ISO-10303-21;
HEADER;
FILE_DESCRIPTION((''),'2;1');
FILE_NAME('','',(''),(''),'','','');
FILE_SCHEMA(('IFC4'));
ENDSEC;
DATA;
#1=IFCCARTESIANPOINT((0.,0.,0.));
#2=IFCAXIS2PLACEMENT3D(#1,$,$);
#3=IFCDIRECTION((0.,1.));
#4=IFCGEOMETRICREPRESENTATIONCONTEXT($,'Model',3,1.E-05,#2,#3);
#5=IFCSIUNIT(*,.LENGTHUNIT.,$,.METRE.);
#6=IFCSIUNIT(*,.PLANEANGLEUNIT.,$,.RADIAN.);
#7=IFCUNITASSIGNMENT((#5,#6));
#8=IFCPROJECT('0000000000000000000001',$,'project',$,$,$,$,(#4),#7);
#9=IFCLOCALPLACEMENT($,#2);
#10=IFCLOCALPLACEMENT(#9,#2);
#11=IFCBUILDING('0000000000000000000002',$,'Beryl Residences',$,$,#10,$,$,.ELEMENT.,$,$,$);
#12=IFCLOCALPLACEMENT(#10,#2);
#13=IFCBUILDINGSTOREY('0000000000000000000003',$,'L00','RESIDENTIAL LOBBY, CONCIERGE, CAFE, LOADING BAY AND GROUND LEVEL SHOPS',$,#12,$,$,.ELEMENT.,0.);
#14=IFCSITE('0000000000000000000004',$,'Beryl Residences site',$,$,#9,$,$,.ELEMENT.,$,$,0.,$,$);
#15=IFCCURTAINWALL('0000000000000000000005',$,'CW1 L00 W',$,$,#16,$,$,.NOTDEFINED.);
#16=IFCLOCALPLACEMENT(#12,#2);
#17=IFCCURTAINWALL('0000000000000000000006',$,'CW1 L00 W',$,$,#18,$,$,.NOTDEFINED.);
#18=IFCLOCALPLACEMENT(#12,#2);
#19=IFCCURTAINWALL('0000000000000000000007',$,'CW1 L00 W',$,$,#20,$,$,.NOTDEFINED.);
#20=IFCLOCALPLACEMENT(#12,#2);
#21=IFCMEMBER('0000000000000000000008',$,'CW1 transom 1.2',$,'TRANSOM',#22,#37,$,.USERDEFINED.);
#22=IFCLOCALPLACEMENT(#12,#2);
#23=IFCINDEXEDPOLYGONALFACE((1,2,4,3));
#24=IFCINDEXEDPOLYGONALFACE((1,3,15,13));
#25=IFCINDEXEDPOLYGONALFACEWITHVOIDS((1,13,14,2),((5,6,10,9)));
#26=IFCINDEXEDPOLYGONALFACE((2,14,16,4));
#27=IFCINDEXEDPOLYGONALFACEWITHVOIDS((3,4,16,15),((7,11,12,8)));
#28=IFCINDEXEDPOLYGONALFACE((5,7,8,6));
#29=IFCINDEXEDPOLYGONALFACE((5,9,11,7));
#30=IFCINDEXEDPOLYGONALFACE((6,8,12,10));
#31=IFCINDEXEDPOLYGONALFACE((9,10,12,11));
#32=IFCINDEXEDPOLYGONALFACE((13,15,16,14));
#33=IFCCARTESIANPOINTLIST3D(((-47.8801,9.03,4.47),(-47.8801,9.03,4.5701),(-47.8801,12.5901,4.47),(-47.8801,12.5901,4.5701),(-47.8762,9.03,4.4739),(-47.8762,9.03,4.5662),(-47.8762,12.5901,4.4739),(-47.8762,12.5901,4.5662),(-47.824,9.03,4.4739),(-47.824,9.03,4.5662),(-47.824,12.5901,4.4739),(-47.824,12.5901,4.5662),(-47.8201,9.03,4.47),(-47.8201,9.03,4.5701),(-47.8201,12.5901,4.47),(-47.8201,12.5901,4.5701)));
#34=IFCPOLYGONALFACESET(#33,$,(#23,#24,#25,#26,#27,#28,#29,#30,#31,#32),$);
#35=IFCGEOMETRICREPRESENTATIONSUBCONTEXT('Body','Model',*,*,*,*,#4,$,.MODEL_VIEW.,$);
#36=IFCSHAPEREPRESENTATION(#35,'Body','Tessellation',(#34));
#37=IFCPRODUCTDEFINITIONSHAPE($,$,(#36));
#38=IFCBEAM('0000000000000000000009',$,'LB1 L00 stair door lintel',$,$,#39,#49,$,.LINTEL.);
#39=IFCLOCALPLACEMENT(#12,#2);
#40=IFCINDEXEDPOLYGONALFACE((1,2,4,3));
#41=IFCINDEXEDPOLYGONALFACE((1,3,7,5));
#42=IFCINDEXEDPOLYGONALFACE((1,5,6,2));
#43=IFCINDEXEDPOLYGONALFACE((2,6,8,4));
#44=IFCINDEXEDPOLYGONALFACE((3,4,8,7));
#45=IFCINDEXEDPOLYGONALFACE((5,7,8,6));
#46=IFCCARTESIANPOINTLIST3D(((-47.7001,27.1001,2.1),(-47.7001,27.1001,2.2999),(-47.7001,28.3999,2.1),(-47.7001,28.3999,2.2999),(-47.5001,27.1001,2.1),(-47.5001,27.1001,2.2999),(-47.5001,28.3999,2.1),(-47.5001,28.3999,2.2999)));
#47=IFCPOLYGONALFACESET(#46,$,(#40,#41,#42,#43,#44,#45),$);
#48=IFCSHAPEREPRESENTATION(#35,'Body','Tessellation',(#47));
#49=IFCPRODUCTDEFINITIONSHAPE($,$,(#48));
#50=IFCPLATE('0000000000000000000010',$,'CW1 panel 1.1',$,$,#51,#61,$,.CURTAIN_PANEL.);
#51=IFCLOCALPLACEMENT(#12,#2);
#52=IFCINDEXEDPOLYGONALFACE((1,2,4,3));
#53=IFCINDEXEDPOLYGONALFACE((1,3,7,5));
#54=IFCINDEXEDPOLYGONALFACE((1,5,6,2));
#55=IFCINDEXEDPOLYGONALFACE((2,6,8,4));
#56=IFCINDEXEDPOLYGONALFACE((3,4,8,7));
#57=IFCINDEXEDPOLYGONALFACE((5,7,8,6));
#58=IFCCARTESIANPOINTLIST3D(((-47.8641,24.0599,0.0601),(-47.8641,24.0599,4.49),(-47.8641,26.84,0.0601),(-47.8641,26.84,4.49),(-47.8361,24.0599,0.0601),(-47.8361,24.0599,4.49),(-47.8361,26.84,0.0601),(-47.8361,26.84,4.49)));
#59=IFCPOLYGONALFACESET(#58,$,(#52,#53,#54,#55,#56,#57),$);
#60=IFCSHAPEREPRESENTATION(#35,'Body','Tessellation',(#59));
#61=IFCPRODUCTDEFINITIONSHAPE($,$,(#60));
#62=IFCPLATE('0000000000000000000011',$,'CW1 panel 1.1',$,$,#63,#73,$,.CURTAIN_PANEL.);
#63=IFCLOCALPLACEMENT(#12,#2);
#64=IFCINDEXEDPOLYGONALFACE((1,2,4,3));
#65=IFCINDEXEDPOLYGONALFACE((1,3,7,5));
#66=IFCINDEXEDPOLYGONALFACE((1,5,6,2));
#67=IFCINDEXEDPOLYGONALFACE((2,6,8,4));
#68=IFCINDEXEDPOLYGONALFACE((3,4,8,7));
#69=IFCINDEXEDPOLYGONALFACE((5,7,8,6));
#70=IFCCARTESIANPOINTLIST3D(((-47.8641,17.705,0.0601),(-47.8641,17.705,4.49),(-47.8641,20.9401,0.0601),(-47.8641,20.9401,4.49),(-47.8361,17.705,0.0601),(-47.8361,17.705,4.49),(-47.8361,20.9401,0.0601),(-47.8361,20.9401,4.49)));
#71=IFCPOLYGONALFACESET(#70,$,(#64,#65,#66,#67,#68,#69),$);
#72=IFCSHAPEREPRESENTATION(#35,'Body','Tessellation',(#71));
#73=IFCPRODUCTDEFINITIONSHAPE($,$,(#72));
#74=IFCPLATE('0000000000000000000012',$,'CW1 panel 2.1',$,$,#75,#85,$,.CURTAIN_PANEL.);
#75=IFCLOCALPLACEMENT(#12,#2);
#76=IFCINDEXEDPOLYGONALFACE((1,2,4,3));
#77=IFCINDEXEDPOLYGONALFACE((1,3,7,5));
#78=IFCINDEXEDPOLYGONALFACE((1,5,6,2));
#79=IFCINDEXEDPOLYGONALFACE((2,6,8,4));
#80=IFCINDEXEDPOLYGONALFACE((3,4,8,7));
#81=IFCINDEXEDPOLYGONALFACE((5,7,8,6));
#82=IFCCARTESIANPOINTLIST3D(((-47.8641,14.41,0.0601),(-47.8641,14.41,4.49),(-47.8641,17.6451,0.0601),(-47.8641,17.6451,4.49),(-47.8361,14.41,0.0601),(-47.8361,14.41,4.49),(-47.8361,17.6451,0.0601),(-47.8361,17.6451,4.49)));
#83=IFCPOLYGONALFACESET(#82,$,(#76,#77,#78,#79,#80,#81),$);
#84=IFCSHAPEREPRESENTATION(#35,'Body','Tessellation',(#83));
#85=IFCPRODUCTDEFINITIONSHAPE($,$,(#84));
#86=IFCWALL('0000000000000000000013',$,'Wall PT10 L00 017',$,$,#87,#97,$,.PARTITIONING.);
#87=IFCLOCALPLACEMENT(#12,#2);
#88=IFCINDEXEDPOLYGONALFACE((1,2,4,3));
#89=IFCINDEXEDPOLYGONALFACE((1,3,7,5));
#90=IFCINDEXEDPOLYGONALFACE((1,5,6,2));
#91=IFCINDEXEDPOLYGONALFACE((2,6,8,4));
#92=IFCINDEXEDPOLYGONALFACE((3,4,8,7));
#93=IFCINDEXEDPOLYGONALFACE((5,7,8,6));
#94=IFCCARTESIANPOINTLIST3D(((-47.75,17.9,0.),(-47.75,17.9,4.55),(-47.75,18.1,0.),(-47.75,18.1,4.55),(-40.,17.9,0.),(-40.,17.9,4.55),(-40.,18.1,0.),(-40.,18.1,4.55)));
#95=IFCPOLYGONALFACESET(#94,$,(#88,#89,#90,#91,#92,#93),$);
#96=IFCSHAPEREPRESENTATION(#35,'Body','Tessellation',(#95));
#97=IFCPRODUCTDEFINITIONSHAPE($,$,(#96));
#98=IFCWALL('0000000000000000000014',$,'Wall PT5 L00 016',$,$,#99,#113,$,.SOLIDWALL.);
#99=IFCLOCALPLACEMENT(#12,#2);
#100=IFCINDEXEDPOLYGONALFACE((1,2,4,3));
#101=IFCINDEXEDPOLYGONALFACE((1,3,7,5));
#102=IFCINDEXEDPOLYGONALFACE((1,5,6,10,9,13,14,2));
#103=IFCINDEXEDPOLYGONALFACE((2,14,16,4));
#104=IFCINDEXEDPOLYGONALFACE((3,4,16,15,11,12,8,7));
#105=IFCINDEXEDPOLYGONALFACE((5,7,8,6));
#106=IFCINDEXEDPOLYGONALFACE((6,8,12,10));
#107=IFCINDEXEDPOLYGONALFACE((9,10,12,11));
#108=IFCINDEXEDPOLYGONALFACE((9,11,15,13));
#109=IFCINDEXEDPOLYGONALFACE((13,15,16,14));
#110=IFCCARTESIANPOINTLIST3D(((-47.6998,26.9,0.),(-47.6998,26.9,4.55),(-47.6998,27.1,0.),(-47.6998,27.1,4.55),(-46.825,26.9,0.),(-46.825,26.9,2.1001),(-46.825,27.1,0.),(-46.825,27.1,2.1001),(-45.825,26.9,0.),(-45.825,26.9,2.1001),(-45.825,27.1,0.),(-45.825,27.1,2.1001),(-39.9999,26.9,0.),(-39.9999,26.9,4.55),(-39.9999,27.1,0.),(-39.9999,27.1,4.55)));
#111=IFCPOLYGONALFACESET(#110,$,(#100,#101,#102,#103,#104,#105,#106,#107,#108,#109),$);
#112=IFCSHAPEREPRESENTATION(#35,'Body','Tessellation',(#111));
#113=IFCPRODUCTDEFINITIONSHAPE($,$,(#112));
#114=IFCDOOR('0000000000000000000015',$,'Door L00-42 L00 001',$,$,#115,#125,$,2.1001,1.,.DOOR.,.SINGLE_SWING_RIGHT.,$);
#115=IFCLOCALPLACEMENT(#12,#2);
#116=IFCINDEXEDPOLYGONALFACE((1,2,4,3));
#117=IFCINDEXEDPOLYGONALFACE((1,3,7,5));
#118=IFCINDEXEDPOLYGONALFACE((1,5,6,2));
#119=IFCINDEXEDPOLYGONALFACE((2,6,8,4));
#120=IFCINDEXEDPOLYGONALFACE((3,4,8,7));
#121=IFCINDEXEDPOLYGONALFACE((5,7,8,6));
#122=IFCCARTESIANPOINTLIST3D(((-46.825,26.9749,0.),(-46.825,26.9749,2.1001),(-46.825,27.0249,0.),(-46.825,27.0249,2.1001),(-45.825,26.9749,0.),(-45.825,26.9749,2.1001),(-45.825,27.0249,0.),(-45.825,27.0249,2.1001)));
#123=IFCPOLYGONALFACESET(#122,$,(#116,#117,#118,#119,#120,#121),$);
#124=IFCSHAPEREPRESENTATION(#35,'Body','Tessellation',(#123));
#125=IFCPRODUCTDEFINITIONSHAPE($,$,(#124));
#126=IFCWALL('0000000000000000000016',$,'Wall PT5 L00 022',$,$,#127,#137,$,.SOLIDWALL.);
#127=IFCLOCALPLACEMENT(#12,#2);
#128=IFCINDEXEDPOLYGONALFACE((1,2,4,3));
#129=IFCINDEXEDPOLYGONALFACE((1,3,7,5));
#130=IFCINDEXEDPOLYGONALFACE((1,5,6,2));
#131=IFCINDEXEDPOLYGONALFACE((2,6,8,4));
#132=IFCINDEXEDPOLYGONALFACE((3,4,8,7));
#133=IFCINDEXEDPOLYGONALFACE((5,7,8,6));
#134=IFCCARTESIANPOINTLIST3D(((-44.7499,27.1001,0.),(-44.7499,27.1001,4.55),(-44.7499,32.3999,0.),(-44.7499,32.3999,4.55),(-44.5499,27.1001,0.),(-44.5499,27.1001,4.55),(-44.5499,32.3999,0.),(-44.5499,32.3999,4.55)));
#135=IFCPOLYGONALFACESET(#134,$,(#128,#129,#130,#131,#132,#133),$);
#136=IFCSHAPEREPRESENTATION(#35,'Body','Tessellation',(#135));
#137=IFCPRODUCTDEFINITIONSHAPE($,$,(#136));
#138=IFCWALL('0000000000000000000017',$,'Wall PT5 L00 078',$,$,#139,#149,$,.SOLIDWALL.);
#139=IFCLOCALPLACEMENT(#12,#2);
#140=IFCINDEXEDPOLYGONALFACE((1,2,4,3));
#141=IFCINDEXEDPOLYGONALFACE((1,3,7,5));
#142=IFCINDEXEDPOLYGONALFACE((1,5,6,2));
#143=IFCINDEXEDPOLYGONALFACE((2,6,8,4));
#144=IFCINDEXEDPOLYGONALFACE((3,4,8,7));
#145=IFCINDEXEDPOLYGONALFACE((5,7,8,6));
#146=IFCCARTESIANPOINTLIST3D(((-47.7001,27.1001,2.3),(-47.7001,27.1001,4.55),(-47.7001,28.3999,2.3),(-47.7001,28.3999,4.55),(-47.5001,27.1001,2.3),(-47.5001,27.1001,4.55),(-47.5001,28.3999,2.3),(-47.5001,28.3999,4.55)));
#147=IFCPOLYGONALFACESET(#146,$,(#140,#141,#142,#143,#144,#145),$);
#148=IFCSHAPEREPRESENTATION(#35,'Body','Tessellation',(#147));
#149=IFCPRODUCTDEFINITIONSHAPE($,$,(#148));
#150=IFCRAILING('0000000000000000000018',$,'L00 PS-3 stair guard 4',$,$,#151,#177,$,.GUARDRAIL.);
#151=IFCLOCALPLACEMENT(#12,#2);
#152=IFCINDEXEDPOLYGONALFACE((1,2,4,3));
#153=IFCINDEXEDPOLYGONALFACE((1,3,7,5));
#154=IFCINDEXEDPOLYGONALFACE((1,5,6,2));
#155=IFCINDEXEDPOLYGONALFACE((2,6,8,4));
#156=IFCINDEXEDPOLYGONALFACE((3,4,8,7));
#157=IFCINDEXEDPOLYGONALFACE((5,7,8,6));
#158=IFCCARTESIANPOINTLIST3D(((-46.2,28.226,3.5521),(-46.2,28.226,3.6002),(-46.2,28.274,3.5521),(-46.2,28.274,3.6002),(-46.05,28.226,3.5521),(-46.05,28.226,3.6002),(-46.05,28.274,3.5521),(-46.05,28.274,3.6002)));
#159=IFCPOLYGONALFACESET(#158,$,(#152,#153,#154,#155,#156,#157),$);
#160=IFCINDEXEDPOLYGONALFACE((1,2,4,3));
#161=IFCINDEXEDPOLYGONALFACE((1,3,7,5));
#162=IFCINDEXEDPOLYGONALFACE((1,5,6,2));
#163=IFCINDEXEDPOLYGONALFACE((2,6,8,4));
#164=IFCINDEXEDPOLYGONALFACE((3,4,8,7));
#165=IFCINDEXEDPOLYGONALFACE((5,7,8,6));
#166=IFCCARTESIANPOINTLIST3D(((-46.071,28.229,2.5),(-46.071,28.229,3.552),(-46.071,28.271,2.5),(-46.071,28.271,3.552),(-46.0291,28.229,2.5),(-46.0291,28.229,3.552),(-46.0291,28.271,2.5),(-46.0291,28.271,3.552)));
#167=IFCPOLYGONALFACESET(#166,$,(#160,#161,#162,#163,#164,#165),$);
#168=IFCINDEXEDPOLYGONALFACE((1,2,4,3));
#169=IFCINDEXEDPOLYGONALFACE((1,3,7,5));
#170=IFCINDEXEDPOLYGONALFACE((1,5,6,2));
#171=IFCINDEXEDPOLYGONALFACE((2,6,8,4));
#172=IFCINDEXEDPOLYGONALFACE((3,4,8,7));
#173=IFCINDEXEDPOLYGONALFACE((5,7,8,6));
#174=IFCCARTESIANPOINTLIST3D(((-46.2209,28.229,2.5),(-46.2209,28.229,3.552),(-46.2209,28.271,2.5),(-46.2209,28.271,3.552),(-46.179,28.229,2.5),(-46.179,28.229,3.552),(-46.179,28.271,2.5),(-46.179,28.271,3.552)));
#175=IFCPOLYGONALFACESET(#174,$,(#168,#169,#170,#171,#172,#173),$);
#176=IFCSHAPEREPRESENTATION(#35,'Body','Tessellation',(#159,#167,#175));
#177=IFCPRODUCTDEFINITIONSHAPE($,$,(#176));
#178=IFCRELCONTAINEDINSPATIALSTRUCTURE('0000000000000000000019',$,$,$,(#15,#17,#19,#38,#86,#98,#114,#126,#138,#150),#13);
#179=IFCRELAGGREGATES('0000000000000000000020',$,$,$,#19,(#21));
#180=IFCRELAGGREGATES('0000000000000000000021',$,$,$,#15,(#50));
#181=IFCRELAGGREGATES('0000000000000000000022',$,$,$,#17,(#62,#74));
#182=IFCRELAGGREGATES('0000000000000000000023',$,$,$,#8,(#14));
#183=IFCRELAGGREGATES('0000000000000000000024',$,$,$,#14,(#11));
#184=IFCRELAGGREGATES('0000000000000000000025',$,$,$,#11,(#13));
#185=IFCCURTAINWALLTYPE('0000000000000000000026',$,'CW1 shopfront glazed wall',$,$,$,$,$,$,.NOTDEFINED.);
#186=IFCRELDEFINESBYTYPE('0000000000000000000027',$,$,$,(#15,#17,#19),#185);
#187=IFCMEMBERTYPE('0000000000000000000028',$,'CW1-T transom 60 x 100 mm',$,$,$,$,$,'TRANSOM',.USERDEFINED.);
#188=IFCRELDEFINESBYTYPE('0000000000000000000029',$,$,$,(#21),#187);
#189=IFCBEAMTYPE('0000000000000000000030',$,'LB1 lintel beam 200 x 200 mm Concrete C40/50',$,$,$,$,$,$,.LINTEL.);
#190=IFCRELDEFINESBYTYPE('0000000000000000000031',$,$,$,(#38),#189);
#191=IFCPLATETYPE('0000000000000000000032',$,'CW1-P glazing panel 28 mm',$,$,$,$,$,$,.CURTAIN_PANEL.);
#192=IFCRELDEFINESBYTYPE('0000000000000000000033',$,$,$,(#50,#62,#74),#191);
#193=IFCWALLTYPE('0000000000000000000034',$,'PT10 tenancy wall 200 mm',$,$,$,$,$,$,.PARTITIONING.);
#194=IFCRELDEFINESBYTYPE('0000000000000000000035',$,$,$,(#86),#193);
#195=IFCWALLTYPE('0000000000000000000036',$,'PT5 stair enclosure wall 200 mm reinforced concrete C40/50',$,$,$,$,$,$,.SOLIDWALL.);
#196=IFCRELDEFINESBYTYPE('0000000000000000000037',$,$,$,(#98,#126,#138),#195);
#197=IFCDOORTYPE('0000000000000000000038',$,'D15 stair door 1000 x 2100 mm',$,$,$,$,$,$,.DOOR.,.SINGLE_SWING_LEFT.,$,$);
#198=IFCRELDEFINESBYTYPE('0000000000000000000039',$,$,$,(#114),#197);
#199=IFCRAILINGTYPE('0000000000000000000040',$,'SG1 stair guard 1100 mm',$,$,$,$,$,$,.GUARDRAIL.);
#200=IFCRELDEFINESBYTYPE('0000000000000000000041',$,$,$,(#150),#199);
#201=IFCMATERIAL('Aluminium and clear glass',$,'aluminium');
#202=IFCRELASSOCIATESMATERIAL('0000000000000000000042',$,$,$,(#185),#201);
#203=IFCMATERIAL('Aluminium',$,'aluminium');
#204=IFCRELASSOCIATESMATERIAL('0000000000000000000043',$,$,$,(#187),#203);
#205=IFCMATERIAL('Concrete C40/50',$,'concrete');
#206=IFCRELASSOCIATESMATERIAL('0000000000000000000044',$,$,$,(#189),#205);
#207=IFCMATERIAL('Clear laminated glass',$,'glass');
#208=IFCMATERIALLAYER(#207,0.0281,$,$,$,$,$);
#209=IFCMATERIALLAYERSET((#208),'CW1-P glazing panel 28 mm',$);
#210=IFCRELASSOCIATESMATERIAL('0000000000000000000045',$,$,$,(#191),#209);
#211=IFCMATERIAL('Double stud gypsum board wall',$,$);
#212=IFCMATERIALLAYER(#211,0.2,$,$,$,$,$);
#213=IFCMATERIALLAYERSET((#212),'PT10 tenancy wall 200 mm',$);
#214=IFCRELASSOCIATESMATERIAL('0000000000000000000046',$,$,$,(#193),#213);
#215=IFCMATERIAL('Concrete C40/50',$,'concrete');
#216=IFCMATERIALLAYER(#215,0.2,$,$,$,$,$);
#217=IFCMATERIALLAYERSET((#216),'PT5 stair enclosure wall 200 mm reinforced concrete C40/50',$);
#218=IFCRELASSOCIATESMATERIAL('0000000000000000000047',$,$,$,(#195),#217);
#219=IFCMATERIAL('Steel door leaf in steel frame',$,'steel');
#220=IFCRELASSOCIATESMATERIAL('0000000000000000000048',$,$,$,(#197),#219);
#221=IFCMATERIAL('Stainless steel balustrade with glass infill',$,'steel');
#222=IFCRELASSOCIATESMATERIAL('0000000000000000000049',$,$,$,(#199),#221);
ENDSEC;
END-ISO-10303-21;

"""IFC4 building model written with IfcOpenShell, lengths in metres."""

from ifc_helpers import new_model, si_unit, direction, frame, frame_2d, origin, origin_2d, place, context, subcontext, project, spatial, rectangle, hollow_rectangle, extrude, material, layer, layer_set, material_profile, profile_set, type_object, element, fill, aggregate, save


model = new_model("IFC4")

# Units and contexts
model_context = context("Model", 3, precision=1e-05, world=origin(), true_north=direction((0.0, 1.0)))
body_context = subcontext(model_context, "Body", "Model", "MODEL_VIEW")
ifc_project = project(units=[si_unit("LENGTHUNIT", "METRE"), si_unit("PLANEANGLEUNIT", "RADIAN")], contexts=[model_context])

# Site, building, storey
site_placement = place(None, origin())
site = spatial("IfcSite", under=ifc_project, at=site_placement, Name="Beryl Residences site", CompositionType="ELEMENT", RefElevation=0.0)
building_placement = place(site_placement, origin())
building = spatial("IfcBuilding", under=site, at=building_placement, Name="Beryl Residences", CompositionType="ELEMENT")
storey_placement = place(building_placement, origin())
storey = spatial("IfcBuildingStorey", under=building, at=storey_placement, Name="L00", Description="RESIDENTIAL LOBBY, CONCIERGE, CAFE, LOADING BAY AND GROUND LEVEL SHOPS", CompositionType="ELEMENT", Elevation=0.0)

# Curtain walls
ifc_material_1 = material(Name="Aluminium and clear glass", Category="aluminium")
curtain_wall_type = type_object("IfcCurtainWallType", Name="CW1 shopfront glazed wall", PredefinedType="NOTDEFINED", material=ifc_material_1)
curtain_wall_1_placement = place(storey_placement, origin())
curtain_wall_1 = element("IfcCurtainWall", 1, at=curtain_wall_1_placement, inside=storey, type_object=curtain_wall_type, Name="CW1 L00 W", PredefinedType="NOTDEFINED")
curtain_wall_2_placement = place(storey_placement, origin())
curtain_wall_2 = element("IfcCurtainWall", 2, at=curtain_wall_2_placement, inside=storey, type_object=curtain_wall_type, Name="CW1 L00 W", PredefinedType="NOTDEFINED")

# Curtain wall
curtain_wall_3_placement = place(storey_placement, origin())
curtain_wall_3 = element("IfcCurtainWall", 3, at=curtain_wall_3_placement, inside=storey, type_object=curtain_wall_type, Name="CW1 L00 W", PredefinedType="NOTDEFINED")

# Member
ifc_material_2 = material(Name="Aluminium", Category="aluminium")
ifc_material_profile_1 = material_profile(ifc_material_2, hollow_rectangle(XDim=0.0601, YDim=0.1001, WallThickness=0.0039, at=origin_2d()))
ifc_profile_set_1 = profile_set([ifc_material_profile_1], Name="Aluminium")
member_type_1 = type_object("IfcMemberType", Name="CW1-T transom 60 x 100 mm", ElementType="TRANSOM", PredefinedType="USERDEFINED", material=ifc_profile_set_1)
member_1_placement = place(storey_placement, frame((-47.8501, 12.5901, 4.52), z_axis=(0.0, -1.0, 0.0), x_axis=(1.0, 0.0, 0.0)))
member_1 = element("IfcMember", 4, at=member_1_placement, type_object=member_type_1, Name="CW1 transom 1.2", ObjectType="TRANSOM", PredefinedType="USERDEFINED", context=body_context, shape_type="SweptSolid", body=[
    extrude(hollow_rectangle(XDim=0.0601, YDim=0.1001, WallThickness=0.0039, at=origin_2d()), origin(), (0.0, 0.0, 1.0), 3.5601),
])
aggregate(curtain_wall_3, [member_1])

# Beam
ifc_material_3 = material(Name="Concrete C40/50", Category="concrete")
ifc_material_profile_2 = material_profile(ifc_material_3, rectangle(XDim=0.2, YDim=0.2, at=origin_2d()))
ifc_profile_set_2 = profile_set([ifc_material_profile_2], Name="Concrete C40/50")
beam_type = type_object("IfcBeamType", Name="LB1 lintel beam 200 x 200 mm Concrete C40/50", PredefinedType="LINTEL", material=ifc_profile_set_2)
beam_placement = place(storey_placement, frame((-47.6001, 27.1001, 2.2), z_axis=(0.0, 1.0, 0.0), x_axis=(-1.0, 0.0, 0.0)))
element("IfcBeam", 5, at=beam_placement, inside=storey, type_object=beam_type, Name="LB1 L00 stair door lintel", PredefinedType="LINTEL", context=body_context, shape_type="SweptSolid", body=[
    extrude(rectangle(XDim=0.2, YDim=0.2, at=origin_2d()), origin(), (0.0, 0.0, 1.0), 1.2998),
])

# Plates
ifc_material_4 = material(Name="Clear laminated glass", Category="glass")
ifc_layer_1 = layer(ifc_material_4, 0.0281)
ifc_layer_set_1 = layer_set([ifc_layer_1], Name="CW1-P glazing panel 28 mm")
plate_type = type_object("IfcPlateType", Name="CW1-P glazing panel 28 mm", PredefinedType="CURTAIN_PANEL", material=ifc_layer_set_1)
plate_1_placement = place(storey_placement, frame((-47.8501, 25.45, 0.0601), z_axis=(0.0, 0.0, 1.0), x_axis=(0.0, -1.0, 0.0)))
plate_1 = element("IfcPlate", 6, at=plate_1_placement, type_object=plate_type, Name="CW1 panel 1.1", PredefinedType="CURTAIN_PANEL", context=body_context, shape_type="SweptSolid", body=[
    extrude(rectangle(XDim=2.78, YDim=0.0281, at=origin_2d()), origin(), (0.0, 0.0, 1.0), 4.4299),
])
aggregate(curtain_wall_1, [plate_1])
plate_2_placement = place(storey_placement, frame((-47.8501, 19.3225, 0.0601), z_axis=(0.0, 0.0, 1.0), x_axis=(0.0, -1.0, 0.0)))
plate_2 = element("IfcPlate", 7, at=plate_2_placement, type_object=plate_type, Name="CW1 panel 1.1", PredefinedType="CURTAIN_PANEL", context=body_context, shape_type="SweptSolid", body=[
    extrude(rectangle(XDim=3.2351, YDim=0.0281, at=origin_2d()), origin(), (0.0, 0.0, 1.0), 4.4299),
])
plate_3_placement = place(storey_placement, frame((-47.8501, 16.0276, 0.0601), z_axis=(0.0, 0.0, 1.0), x_axis=(0.0, -1.0, 0.0)))
plate_3 = element("IfcPlate", 8, at=plate_3_placement, type_object=plate_type, Name="CW1 panel 2.1", PredefinedType="CURTAIN_PANEL", context=body_context, shape_type="SweptSolid", body=[
    extrude(rectangle(XDim=3.2351, YDim=0.0281, at=origin_2d()), origin(), (0.0, 0.0, 1.0), 4.4299),
])
aggregate(curtain_wall_2, [plate_2, plate_3])

# Wall
ifc_material_5 = material(Name="Double stud gypsum board wall")
ifc_layer_2 = layer(ifc_material_5, 0.2)
ifc_layer_set_2 = layer_set([ifc_layer_2], Name="PT10 tenancy wall 200 mm")
wall_type_1 = type_object("IfcWallType", Name="PT10 tenancy wall 200 mm", PredefinedType="PARTITIONING", material=ifc_layer_set_2)
wall_1_placement = place(storey_placement, frame((-47.75, 18.0, 0.0), z_axis=(0.0, 0.0, 1.0), x_axis=(1.0, 0.0, 0.0)))
element("IfcWall", 9, at=wall_1_placement, inside=storey, type_object=wall_type_1, Name="Wall PT10 L00 017", PredefinedType="PARTITIONING", context=body_context, shape_type="SweptSolid", body=[
    extrude(rectangle(XDim=7.75, YDim=0.2, at=frame_2d((3.875, 0.0))), origin(), (0.0, 0.0, 1.0), 4.55),
])

# Wall, opening, door
ifc_material_6 = material(Name="Concrete C40/50", Category="concrete")
ifc_layer_3 = layer(ifc_material_6, 0.2)
ifc_layer_set_3 = layer_set([ifc_layer_3], Name="PT5 stair enclosure wall 200 mm reinforced concrete C40/50")
wall_type_2 = type_object("IfcWallType", Name="PT5 stair enclosure wall 200 mm reinforced concrete C40/50", PredefinedType="SOLIDWALL", material=ifc_layer_set_3)
wall_2_placement = place(storey_placement, frame((-47.7, 27.0, 0.0), z_axis=(0.0, 0.0, 1.0), x_axis=(1.0, 0.0, 0.0)))
wall_2 = element("IfcWall", 10, at=wall_2_placement, inside=storey, type_object=wall_type_2, Name="Wall PT5 L00 016", PredefinedType="SOLIDWALL", context=body_context, shape_type="SweptSolid", body=[
    extrude(rectangle(XDim=7.7, YDim=0.2, at=frame_2d((3.8501, 0.0))), origin(), (0.0, 0.0, 1.0), 4.55),
])
opening_1_placement = place(wall_2_placement, frame((0.875, 0.0, 0.0)))
opening_1 = element("IfcOpeningElement", 11, at=opening_1_placement, cuts=wall_2, PredefinedType="OPENING", context=body_context, shape_type="SweptSolid", body=[
    extrude(rectangle(XDim=1.0, YDim=2.1001, at=frame_2d((0.5, 1.05))), frame((0.0, 0.1099, 0.0), z_axis=(0.0, -1.0, 0.0), x_axis=(1.0, 0.0, 0.0)), (0.0, 0.0, 1.0), 0.22),
])
ifc_material_7 = material(Name="Steel door leaf in steel frame", Category="steel")
door_type_1 = type_object("IfcDoorType", Name="D15 stair door 1000 x 2100 mm", OperationType="SINGLE_SWING_LEFT", PredefinedType="DOOR", material=ifc_material_7)
door_1_placement = place(opening_1_placement, origin())
door_1 = element("IfcDoor", 12, at=door_1_placement, inside=storey, type_object=door_type_1, Name="Door L00-42 L00 001", OperationType="SINGLE_SWING_RIGHT", OverallHeight=2.1001, OverallWidth=1.0, PredefinedType="DOOR", context=body_context, shape_type="SweptSolid", body=[
    extrude(rectangle(XDim=1.0, YDim=2.1001, at=frame_2d((0.5, 1.05))), frame((0.0, 0.0249, 0.0), z_axis=(0.0, -1.0, 0.0), x_axis=(1.0, 0.0, 0.0)), (0.0, 0.0, 1.0), 0.05),
])
fill(opening_1, door_1)

# Walls
wall_3_placement = place(storey_placement, frame((-44.6499, 27.1001, 0.0), z_axis=(0.0, 0.0, 1.0), x_axis=(0.0, 1.0, 0.0)))
element("IfcWall", 13, at=wall_3_placement, inside=storey, type_object=wall_type_2, Name="Wall PT5 L00 022", PredefinedType="SOLIDWALL", context=body_context, shape_type="SweptSolid", body=[
    extrude(rectangle(XDim=5.2998, YDim=0.2, at=frame_2d((2.6499, 0.0))), origin(), (0.0, 0.0, 1.0), 4.55),
])
wall_4_placement = place(storey_placement, frame((-47.6001, 27.1001, 2.3), z_axis=(0.0, 0.0, 1.0), x_axis=(0.0, 1.0, 0.0)))
element("IfcWall", 14, at=wall_4_placement, inside=storey, type_object=wall_type_2, Name="Wall PT5 L00 078", PredefinedType="SOLIDWALL", context=body_context, shape_type="SweptSolid", body=[
    extrude(rectangle(XDim=1.2998, YDim=0.2, at=frame_2d((0.6499, 0.0))), origin(), (0.0, 0.0, 1.0), 2.25),
])

# Railing
ifc_material_8 = material(Name="Stainless steel balustrade with glass infill", Category="steel")
railing_type = type_object("IfcRailingType", Name="SG1 stair guard 1100 mm", PredefinedType="GUARDRAIL", material=ifc_material_8)
for number, where, name in (
    (15, (-46.05, 28.25, 2.5), "L00 PS-3 stair guard 4"),
):
    element("IfcRailing", number, at=place(storey_placement, frame(where)), inside=storey, type_object=railing_type, Name=name, PredefinedType="GUARDRAIL", context=body_context, shape_type="SweptSolid", body=[
        extrude(rectangle(XDim=0.0481, YDim=0.0481, at=origin_2d()), frame((0.0, 0.0, 1.0762), z_axis=(-1.0, 0.0, 0.0), x_axis=(0.0, -1.0, 0.0)), (0.0, 0.0, 1.0), 0.1499),
        extrude(rectangle(XDim=0.042, YDim=0.042, at=origin_2d()), origin(), (0.0, 0.0, 1.0), 1.052),
        extrude(rectangle(XDim=0.042, YDim=0.042, at=origin_2d()), frame((-0.1499, 0.0, 0.0)), (0.0, 0.0, 1.0), 1.052),
    ])

save(model, "model.ifc")
